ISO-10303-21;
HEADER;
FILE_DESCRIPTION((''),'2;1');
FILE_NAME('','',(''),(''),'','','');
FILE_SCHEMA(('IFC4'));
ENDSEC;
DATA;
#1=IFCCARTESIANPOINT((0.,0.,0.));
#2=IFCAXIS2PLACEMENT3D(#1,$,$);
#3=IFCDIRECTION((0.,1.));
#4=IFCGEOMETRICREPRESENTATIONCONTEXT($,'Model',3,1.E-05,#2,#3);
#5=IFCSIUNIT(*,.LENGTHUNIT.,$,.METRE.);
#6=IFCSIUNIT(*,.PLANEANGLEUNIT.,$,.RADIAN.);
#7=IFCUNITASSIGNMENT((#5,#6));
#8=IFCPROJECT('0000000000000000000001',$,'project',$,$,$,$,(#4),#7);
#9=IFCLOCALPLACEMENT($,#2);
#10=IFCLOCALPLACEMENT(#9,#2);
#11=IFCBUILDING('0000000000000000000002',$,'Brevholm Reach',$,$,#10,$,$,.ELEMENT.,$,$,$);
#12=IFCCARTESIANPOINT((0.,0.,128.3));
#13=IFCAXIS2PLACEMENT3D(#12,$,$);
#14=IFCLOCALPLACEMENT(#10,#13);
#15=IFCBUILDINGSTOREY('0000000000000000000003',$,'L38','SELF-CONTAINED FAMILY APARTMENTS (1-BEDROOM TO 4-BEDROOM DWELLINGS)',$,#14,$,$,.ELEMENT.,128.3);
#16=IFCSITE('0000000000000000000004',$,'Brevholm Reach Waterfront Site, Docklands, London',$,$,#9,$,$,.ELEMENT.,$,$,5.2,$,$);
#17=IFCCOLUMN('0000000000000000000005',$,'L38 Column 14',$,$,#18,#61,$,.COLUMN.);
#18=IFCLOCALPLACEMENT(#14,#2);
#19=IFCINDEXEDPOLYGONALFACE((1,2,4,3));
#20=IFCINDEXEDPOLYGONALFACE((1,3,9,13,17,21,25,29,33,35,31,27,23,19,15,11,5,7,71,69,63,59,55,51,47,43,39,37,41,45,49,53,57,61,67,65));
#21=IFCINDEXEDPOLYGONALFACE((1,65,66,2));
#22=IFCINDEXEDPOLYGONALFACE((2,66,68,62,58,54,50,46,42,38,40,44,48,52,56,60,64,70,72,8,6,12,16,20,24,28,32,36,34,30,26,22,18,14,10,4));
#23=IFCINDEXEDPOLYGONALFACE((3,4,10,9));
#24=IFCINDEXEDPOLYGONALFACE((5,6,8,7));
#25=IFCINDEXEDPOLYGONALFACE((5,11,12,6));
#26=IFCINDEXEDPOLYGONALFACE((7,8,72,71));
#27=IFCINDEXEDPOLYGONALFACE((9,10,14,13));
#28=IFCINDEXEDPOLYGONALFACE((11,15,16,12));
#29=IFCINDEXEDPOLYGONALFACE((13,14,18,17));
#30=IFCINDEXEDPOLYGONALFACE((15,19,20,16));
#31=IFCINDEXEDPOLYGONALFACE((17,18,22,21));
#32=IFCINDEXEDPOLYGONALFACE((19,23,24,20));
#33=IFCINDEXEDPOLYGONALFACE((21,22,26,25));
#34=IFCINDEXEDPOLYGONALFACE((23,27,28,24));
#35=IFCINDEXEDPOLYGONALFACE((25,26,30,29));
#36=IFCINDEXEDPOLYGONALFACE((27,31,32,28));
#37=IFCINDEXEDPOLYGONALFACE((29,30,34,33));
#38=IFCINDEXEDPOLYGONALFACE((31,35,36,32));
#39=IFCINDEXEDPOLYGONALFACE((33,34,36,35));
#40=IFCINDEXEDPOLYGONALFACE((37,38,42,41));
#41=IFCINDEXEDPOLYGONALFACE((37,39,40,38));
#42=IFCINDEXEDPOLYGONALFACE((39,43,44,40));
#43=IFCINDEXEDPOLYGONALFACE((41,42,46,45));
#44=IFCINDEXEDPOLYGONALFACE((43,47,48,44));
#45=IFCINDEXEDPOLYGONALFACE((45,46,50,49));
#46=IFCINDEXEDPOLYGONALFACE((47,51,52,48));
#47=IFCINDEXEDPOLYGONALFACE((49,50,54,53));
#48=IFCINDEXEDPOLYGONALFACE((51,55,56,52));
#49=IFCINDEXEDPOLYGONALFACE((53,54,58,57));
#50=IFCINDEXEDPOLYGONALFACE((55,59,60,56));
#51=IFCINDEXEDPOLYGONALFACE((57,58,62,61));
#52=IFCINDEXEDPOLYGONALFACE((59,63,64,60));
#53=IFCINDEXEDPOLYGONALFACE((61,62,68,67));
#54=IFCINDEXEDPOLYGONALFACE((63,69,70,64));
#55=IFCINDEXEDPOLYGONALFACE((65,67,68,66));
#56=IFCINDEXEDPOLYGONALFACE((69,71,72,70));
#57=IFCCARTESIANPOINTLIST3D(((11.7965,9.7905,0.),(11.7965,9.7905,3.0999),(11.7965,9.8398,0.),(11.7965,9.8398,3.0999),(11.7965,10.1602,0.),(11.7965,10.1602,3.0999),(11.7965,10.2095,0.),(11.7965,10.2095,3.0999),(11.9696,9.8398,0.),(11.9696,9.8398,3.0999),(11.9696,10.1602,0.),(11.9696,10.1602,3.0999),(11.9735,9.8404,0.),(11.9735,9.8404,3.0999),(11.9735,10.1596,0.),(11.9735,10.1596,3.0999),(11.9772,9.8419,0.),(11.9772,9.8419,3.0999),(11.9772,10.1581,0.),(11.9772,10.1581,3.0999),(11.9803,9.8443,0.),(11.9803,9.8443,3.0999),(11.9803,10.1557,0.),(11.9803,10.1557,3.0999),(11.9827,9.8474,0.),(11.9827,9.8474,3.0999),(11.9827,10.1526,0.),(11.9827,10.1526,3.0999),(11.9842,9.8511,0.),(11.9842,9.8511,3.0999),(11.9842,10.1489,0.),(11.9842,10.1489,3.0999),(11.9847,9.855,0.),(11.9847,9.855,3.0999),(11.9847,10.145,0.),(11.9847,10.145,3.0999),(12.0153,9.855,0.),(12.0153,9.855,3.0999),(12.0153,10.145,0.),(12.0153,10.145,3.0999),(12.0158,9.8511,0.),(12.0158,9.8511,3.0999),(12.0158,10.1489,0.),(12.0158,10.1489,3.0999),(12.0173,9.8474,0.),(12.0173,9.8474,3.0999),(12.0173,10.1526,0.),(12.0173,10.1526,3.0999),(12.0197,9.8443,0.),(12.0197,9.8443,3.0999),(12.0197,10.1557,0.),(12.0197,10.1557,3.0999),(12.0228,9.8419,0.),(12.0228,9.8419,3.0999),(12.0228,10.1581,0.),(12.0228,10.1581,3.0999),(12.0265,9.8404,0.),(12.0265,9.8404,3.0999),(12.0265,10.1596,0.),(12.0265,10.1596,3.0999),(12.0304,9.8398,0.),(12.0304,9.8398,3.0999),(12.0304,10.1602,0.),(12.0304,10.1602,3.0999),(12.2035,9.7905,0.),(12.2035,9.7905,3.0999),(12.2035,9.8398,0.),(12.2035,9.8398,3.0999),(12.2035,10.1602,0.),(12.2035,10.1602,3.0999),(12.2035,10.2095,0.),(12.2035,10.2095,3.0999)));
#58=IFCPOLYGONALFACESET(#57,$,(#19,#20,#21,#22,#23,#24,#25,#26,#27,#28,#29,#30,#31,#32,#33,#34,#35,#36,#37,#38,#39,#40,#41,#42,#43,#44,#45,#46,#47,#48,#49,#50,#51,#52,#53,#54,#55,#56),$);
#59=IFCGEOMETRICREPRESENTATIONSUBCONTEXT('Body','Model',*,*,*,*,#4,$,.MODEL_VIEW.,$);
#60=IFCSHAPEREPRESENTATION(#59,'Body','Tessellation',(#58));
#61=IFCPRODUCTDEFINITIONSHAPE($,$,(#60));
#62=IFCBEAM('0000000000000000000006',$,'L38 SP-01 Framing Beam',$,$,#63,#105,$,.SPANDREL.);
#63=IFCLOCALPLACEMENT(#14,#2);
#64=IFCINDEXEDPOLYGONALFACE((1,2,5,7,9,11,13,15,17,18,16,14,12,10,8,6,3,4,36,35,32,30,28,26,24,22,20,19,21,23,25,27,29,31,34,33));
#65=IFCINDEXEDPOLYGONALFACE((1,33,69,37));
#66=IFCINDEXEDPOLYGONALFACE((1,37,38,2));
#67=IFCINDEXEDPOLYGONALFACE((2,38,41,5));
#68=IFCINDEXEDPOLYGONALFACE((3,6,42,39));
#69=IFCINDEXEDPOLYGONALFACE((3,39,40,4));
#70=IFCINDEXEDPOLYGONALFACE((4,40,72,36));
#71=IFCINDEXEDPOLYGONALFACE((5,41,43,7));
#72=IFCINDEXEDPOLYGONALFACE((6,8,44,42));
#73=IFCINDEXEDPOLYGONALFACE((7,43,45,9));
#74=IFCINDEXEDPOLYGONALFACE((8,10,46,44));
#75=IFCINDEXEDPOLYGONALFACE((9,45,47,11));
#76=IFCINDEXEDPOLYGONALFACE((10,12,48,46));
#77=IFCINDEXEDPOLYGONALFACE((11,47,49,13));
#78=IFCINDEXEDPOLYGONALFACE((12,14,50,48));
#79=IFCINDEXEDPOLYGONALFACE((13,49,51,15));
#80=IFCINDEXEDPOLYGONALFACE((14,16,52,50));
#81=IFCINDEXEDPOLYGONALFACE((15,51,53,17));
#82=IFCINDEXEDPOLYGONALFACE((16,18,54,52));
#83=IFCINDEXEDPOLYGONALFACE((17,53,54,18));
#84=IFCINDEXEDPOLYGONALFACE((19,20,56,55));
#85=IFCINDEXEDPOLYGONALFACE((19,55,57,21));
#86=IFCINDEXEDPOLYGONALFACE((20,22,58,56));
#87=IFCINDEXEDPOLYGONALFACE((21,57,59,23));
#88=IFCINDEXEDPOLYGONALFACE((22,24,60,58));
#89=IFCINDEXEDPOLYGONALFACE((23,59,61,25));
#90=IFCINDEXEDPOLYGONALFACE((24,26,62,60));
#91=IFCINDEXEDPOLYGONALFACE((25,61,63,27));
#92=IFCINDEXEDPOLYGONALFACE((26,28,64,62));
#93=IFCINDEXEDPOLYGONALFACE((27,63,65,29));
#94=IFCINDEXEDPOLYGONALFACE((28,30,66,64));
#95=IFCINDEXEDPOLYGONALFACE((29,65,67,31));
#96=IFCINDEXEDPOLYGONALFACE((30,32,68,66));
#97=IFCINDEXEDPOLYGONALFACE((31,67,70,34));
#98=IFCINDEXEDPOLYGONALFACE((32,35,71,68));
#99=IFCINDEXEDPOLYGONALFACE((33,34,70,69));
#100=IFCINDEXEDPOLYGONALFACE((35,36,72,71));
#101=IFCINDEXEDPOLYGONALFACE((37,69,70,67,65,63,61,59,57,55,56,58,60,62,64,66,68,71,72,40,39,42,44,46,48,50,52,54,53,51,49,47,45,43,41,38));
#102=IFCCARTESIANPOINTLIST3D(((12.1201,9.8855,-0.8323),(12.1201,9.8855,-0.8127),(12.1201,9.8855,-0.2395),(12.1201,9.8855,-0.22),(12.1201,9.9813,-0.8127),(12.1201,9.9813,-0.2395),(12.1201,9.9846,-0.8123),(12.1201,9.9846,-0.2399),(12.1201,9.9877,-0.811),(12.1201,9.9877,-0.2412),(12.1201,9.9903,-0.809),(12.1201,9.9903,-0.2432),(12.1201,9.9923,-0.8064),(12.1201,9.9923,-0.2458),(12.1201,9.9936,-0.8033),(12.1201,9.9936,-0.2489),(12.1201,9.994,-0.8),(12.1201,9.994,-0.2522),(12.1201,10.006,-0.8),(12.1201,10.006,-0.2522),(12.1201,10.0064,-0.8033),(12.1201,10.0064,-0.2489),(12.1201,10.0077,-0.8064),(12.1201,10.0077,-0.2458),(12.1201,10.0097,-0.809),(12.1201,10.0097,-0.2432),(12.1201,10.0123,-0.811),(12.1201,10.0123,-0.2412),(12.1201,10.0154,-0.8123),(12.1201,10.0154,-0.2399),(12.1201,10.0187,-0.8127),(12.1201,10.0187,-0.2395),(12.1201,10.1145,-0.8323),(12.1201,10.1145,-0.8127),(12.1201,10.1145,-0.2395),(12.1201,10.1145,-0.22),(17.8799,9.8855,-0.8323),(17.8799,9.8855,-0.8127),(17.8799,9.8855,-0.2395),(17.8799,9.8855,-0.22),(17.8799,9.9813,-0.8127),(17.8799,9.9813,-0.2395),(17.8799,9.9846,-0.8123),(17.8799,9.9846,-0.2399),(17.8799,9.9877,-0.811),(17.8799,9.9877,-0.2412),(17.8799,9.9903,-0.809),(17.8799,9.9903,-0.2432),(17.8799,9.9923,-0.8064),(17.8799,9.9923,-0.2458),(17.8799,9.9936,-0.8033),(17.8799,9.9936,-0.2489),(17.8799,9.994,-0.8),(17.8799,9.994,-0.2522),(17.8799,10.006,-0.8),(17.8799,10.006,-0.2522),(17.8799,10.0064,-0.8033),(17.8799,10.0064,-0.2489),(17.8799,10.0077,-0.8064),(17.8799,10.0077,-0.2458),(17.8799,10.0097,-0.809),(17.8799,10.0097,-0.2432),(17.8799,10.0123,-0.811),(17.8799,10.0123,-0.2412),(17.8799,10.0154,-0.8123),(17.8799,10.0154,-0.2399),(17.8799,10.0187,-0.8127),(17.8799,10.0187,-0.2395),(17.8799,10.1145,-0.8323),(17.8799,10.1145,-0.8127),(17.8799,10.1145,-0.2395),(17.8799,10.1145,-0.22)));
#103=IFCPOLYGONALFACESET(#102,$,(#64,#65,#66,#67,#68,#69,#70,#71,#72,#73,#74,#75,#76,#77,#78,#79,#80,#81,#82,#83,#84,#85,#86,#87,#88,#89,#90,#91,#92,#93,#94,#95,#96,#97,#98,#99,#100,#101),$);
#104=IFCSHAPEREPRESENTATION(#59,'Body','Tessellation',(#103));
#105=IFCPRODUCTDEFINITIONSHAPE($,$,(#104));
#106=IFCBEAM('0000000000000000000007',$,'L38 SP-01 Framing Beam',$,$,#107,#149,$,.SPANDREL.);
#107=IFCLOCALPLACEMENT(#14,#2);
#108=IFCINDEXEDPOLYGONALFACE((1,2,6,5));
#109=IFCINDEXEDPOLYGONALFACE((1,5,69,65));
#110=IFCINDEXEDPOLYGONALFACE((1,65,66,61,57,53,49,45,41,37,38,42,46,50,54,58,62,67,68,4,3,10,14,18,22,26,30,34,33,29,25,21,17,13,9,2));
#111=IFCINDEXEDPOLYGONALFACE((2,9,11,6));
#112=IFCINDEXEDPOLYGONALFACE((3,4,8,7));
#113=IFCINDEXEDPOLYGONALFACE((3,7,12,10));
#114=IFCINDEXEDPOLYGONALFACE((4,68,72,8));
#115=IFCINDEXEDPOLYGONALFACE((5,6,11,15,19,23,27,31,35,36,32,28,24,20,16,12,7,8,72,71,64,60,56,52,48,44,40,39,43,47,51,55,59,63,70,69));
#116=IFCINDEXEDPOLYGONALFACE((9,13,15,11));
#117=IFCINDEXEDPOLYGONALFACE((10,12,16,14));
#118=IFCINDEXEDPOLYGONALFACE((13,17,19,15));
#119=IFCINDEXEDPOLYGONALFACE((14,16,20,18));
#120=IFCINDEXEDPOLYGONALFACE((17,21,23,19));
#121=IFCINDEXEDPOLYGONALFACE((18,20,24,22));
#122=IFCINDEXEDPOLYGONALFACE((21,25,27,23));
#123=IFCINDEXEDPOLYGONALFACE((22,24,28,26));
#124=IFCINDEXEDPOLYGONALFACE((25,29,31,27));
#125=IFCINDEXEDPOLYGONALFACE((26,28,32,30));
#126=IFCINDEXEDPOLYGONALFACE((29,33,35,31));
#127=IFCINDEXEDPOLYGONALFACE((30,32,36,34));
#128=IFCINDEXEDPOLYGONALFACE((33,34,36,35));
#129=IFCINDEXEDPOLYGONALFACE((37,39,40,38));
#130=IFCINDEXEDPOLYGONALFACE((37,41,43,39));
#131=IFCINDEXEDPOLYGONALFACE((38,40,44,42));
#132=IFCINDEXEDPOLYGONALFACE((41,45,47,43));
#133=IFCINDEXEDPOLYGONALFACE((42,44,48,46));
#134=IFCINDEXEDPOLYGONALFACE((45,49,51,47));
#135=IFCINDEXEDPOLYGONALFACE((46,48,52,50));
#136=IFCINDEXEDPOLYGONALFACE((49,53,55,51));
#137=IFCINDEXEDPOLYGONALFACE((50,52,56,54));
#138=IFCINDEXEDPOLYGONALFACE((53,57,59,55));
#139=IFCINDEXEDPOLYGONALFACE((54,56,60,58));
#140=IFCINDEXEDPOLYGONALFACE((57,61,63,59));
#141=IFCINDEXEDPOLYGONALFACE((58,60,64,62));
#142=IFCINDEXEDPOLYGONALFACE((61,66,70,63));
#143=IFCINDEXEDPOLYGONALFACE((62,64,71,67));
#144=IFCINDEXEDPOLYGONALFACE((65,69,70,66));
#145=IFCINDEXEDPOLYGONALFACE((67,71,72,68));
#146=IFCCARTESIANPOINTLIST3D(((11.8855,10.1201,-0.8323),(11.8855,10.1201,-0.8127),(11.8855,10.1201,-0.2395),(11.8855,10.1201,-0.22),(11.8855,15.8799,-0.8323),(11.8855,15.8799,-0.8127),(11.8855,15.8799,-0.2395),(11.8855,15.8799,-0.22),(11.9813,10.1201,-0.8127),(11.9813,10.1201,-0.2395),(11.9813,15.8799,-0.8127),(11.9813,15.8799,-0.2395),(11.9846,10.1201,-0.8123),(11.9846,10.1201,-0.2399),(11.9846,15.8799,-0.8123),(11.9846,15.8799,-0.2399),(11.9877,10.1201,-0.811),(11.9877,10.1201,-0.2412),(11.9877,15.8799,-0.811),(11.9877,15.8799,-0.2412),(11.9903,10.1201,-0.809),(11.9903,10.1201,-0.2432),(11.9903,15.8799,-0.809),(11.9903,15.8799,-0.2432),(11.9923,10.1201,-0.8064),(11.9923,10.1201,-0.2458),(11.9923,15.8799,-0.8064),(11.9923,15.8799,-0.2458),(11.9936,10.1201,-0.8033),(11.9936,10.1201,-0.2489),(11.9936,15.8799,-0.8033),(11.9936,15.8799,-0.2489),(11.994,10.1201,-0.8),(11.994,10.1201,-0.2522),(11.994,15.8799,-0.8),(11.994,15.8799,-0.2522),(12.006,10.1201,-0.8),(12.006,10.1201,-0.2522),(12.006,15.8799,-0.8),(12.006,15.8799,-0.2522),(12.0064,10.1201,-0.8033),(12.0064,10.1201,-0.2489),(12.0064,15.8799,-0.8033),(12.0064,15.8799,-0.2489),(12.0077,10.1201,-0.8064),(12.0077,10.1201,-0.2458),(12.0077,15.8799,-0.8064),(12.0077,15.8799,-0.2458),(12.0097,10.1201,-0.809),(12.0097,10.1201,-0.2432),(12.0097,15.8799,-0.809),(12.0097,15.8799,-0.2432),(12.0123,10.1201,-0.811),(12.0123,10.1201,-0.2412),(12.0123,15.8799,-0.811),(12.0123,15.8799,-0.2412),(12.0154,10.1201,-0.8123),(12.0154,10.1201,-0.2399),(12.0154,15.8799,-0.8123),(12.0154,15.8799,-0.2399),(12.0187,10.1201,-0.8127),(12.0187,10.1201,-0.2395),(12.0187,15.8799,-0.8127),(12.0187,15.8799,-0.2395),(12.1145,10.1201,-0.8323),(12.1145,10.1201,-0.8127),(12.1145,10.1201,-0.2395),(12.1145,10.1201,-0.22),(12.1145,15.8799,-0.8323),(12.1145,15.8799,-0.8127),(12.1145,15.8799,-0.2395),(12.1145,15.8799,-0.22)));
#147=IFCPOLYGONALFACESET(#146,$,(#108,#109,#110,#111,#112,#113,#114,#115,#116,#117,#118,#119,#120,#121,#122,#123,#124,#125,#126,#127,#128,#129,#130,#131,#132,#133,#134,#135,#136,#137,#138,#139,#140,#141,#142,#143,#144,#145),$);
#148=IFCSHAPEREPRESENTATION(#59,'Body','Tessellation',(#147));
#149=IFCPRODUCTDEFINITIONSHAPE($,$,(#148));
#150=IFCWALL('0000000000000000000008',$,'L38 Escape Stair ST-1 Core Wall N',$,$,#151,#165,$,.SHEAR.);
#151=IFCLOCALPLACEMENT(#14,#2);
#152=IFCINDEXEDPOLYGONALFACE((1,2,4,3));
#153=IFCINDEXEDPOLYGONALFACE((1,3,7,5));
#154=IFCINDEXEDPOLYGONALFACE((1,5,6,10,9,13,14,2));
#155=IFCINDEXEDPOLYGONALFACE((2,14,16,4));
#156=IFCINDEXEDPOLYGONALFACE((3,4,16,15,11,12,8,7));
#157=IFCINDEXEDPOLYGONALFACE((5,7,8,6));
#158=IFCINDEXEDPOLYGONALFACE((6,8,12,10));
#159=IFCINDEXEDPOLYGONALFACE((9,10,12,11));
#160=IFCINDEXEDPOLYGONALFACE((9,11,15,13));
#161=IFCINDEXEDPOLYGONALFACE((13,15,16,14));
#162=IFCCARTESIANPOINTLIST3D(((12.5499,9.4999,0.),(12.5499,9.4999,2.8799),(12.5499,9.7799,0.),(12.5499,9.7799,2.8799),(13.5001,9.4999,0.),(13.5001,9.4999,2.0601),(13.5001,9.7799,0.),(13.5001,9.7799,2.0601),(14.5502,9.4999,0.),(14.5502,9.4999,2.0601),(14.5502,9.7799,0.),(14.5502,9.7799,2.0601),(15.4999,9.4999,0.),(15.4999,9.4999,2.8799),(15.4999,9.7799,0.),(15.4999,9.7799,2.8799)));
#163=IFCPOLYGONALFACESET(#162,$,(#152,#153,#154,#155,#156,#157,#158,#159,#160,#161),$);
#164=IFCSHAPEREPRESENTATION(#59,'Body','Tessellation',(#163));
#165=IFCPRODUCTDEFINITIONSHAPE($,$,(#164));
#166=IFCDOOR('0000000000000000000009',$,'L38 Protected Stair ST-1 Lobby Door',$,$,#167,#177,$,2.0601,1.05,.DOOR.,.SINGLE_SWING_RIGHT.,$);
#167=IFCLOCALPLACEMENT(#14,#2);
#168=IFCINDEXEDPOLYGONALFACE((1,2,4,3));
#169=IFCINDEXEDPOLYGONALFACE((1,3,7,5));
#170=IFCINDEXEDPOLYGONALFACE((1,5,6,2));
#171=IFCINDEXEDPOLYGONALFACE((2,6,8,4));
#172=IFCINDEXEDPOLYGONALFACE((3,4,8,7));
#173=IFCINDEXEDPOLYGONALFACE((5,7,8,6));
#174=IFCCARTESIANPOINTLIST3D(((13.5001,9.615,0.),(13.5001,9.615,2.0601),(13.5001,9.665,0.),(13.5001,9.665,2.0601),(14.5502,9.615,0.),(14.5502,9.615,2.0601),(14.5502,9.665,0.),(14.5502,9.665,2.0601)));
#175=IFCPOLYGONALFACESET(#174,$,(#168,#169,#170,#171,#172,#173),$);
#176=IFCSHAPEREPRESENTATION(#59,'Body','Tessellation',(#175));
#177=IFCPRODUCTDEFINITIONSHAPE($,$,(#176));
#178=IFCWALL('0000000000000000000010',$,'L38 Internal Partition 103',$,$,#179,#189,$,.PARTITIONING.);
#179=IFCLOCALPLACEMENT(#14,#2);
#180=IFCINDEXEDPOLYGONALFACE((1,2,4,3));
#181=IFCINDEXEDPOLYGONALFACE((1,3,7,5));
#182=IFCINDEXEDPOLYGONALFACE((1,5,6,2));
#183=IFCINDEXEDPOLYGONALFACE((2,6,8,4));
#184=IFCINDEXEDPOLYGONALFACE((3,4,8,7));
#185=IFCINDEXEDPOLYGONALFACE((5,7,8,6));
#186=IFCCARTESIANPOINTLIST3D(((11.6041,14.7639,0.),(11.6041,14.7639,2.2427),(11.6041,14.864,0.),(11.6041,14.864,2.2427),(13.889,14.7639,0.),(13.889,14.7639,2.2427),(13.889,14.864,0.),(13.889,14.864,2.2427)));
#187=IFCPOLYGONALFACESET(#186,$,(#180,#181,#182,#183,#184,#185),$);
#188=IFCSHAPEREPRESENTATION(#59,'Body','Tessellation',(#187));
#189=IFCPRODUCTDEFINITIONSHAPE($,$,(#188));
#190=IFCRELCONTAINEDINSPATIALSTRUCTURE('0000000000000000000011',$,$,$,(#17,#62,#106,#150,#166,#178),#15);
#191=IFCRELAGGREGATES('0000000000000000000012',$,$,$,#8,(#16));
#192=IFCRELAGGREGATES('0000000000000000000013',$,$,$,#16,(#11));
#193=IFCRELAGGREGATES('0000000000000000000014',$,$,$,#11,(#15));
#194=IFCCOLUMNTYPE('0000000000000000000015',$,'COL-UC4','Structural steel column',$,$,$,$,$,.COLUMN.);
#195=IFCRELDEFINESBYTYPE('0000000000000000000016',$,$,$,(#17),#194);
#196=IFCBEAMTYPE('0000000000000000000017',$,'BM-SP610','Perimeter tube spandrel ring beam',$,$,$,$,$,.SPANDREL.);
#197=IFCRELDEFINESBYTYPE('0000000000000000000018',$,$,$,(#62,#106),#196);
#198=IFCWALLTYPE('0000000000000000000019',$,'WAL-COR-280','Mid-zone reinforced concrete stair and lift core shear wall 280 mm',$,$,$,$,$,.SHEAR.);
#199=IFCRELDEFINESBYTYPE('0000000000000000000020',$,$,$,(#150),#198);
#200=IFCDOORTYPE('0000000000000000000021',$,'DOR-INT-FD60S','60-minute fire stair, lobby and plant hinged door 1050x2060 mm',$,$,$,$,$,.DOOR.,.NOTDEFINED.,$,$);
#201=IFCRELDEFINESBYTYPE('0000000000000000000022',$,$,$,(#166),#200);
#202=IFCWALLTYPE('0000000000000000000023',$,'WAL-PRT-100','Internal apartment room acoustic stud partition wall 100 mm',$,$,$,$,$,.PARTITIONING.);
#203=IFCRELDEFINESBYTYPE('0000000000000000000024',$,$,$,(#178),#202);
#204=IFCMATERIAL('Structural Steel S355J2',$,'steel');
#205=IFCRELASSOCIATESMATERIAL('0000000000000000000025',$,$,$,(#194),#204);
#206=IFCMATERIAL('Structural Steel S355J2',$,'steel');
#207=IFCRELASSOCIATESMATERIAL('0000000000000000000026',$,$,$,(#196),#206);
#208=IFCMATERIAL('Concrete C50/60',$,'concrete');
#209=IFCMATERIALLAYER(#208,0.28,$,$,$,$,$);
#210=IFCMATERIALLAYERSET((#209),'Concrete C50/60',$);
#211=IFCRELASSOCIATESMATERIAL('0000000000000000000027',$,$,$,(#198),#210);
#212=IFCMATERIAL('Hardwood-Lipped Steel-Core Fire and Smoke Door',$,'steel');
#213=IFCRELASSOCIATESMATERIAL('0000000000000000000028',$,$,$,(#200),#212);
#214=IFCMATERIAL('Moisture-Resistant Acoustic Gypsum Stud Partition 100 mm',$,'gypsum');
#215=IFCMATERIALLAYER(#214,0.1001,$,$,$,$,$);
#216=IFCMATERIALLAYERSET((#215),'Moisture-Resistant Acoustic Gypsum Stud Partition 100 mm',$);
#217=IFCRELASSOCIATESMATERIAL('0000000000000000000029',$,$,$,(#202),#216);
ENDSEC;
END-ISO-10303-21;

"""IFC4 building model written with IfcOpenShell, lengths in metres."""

from ifc_helpers import new_model, si_unit, direction, frame, frame_2d, origin, origin_2d, place, context, subcontext, project, spatial, rectangle, i_section, extrude, material, layer, layer_set, material_profile, profile_set, type_object, element, fill, save


model = new_model("IFC4")

# Units and contexts
model_context = context("Model", 3, precision=1e-05, world=origin(), true_north=direction((0.0, 1.0)))
body_context = subcontext(model_context, "Body", "Model", "MODEL_VIEW")
ifc_project = project(units=[si_unit("LENGTHUNIT", "METRE"), si_unit("PLANEANGLEUNIT", "RADIAN")], contexts=[model_context])

# Site, building, storey
site_placement = place(None, origin())
site = spatial("IfcSite", under=ifc_project, at=site_placement, Name="Brevholm Reach Waterfront Site, Docklands, London", CompositionType="ELEMENT", RefElevation=5.2)
building_placement = place(site_placement, origin())
building = spatial("IfcBuilding", under=site, at=building_placement, Name="Brevholm Reach", CompositionType="ELEMENT")
storey_placement = place(building_placement, frame((0.0, 0.0, 128.3)))
storey = spatial("IfcBuildingStorey", under=building, at=storey_placement, Name="L38", Description="SELF-CONTAINED FAMILY APARTMENTS (1-BEDROOM TO 4-BEDROOM DWELLINGS)", CompositionType="ELEMENT", Elevation=128.3)

# Column
ifc_material_1 = material(Name="Structural Steel S355J2", Category="steel")
ifc_material_profile_1 = material_profile(ifc_material_1, i_section(OverallWidth=0.407, OverallDepth=0.4189, WebThickness=0.0305, FlangeThickness=0.0493, FilletRadius=0.0151, at=origin_2d()), Name="UKC 356x406x393")
ifc_profile_set_1 = profile_set([ifc_material_profile_1], Name="Structural Steel S355J2")
column_type = type_object("IfcColumnType", Name="COL-UC4", Description="Structural steel column", PredefinedType="COLUMN", material=ifc_profile_set_1)
column_placement = place(storey_placement, frame((12.0, 10.0, 0.0), z_axis=(0.0, 0.0, 1.0), x_axis=(1.0, 0.0, 0.0)))
element("IfcColumn", 1, at=column_placement, inside=storey, type_object=column_type, Name="L38 Column 14", PredefinedType="COLUMN", context=body_context, shape_type="SweptSolid", body=[
    extrude(i_section(OverallWidth=0.407, OverallDepth=0.4189, WebThickness=0.0305, FlangeThickness=0.0493, FilletRadius=0.0151, at=origin_2d()), origin(), (0.0, 0.0, 1.0), 3.0999),
])

# Beams
ifc_material_2 = material(Name="Structural Steel S355J2", Category="steel")
ifc_material_profile_2 = material_profile(ifc_material_2, i_section(OverallWidth=0.229, OverallDepth=0.6123, WebThickness=0.012, FlangeThickness=0.0195, FilletRadius=0.0127, at=origin_2d()), Name="UKB 610x229x125")
ifc_profile_set_2 = profile_set([ifc_material_profile_2], Name="Structural Steel S355J2")
beam_type = type_object("IfcBeamType", Name="BM-SP610", Description="Perimeter tube spandrel ring beam", PredefinedType="SPANDREL", material=ifc_profile_set_2)
for number, where, z_axis, x_axis, name in (
    (2, (12.1201, 10.0, -0.5261), (1.0, 0.0, 0.0), (0.0, 1.0, 0.0), "L38 SP-01 Framing Beam"),
    (3, (12.0, 10.1201, -0.5261), (0.0, 1.0, 0.0), (-1.0, 0.0, 0.0), "L38 SP-01 Framing Beam"),
):
    element("IfcBeam", number, at=place(storey_placement, frame(where, z_axis=z_axis, x_axis=x_axis)), inside=storey, type_object=beam_type, Name=name, PredefinedType="SPANDREL", context=body_context, shape_type="SweptSolid", body=[
        extrude(i_section(OverallWidth=0.229, OverallDepth=0.6123, WebThickness=0.012, FlangeThickness=0.0195, FilletRadius=0.0127, at=origin_2d()), origin(), (0.0, 0.0, 1.0), 5.7598),
    ])

# Wall, opening, door
ifc_material_3 = material(Name="Concrete C50/60", Category="concrete")
ifc_layer_1 = layer(ifc_material_3, 0.28)
ifc_layer_set_1 = layer_set([ifc_layer_1], Name="Concrete C50/60")
wall_type_1 = type_object("IfcWallType", Name="WAL-COR-280", Description="Mid-zone reinforced concrete stair and lift core shear wall 280 mm", PredefinedType="SHEAR", material=ifc_layer_set_1)
wall_1_placement = place(storey_placement, frame((15.5, 9.6399, 0.0), z_axis=(0.0, 0.0, 1.0), x_axis=(-1.0, 0.0, 0.0)))
wall_1 = element("IfcWall", 4, at=wall_1_placement, inside=storey, type_object=wall_type_1, Name="L38 Escape Stair ST-1 Core Wall N", PredefinedType="SHEAR", context=body_context, shape_type="SweptSolid", body=[
    extrude(rectangle(XDim=2.95, YDim=0.28, at=frame_2d((1.4751, 0.0))), origin(), (0.0, 0.0, 1.0), 2.8799),
])
opening_1_placement = place(wall_1_placement, frame((0.95, 0.0, 0.0)))
opening_1 = element("IfcOpeningElement", 5, at=opening_1_placement, cuts=wall_1, PredefinedType="OPENING", context=body_context, shape_type="SweptSolid", body=[
    extrude(rectangle(XDim=1.05, YDim=2.0601, at=frame_2d((0.5249, 1.03))), frame((0.0, 0.1499, 0.0), z_axis=(0.0, -1.0, 0.0), x_axis=(1.0, 0.0, 0.0)), (0.0, 0.0, 1.0), 0.3),
])
ifc_material_4 = material(Name="Hardwood-Lipped Steel-Core Fire and Smoke Door", Category="steel")
door_type_1 = type_object("IfcDoorType", Name="DOR-INT-FD60S", Description="60-minute fire stair, lobby and plant hinged door 1050x2060 mm", OperationType="NOTDEFINED", PredefinedType="DOOR", material=ifc_material_4)
door_1_placement = place(opening_1_placement, origin())
door_1 = element("IfcDoor", 6, at=door_1_placement, inside=storey, type_object=door_type_1, Name="L38 Protected Stair ST-1 Lobby Door", OperationType="SINGLE_SWING_RIGHT", OverallHeight=2.0601, OverallWidth=1.05, PredefinedType="DOOR", context=body_context, shape_type="SweptSolid", body=[
    extrude(rectangle(XDim=1.05, YDim=2.0601, at=frame_2d((0.5249, 1.03))), frame((0.0, 0.0249, 0.0), z_axis=(0.0, -1.0, 0.0), x_axis=(1.0, 0.0, 0.0)), (0.0, 0.0, 1.0), 0.05),
])
fill(opening_1, door_1)

# Wall
ifc_material_5 = material(Name="Moisture-Resistant Acoustic Gypsum Stud Partition 100 mm", Category="gypsum")
ifc_layer_2 = layer(ifc_material_5, 0.1001)
ifc_layer_set_2 = layer_set([ifc_layer_2], Name="Moisture-Resistant Acoustic Gypsum Stud Partition 100 mm")
wall_type_2 = type_object("IfcWallType", Name="WAL-PRT-100", Description="Internal apartment room acoustic stud partition wall 100 mm", PredefinedType="PARTITIONING", material=ifc_layer_set_2)
wall_2_placement = place(storey_placement, frame((11.604, 14.814, 0.0), z_axis=(0.0, 0.0, 1.0), x_axis=(1.0, 0.0, 0.0)))
element("IfcWall", 7, at=wall_2_placement, inside=storey, type_object=wall_type_2, Name="L38 Internal Partition 103", PredefinedType="PARTITIONING", context=body_context, shape_type="SweptSolid", body=[
    extrude(rectangle(XDim=2.2849, YDim=0.1001, at=frame_2d((1.1426, 0.0))), origin(), (0.0, 0.0, 1.0), 2.2427),
])

save(model, "model.ifc")
